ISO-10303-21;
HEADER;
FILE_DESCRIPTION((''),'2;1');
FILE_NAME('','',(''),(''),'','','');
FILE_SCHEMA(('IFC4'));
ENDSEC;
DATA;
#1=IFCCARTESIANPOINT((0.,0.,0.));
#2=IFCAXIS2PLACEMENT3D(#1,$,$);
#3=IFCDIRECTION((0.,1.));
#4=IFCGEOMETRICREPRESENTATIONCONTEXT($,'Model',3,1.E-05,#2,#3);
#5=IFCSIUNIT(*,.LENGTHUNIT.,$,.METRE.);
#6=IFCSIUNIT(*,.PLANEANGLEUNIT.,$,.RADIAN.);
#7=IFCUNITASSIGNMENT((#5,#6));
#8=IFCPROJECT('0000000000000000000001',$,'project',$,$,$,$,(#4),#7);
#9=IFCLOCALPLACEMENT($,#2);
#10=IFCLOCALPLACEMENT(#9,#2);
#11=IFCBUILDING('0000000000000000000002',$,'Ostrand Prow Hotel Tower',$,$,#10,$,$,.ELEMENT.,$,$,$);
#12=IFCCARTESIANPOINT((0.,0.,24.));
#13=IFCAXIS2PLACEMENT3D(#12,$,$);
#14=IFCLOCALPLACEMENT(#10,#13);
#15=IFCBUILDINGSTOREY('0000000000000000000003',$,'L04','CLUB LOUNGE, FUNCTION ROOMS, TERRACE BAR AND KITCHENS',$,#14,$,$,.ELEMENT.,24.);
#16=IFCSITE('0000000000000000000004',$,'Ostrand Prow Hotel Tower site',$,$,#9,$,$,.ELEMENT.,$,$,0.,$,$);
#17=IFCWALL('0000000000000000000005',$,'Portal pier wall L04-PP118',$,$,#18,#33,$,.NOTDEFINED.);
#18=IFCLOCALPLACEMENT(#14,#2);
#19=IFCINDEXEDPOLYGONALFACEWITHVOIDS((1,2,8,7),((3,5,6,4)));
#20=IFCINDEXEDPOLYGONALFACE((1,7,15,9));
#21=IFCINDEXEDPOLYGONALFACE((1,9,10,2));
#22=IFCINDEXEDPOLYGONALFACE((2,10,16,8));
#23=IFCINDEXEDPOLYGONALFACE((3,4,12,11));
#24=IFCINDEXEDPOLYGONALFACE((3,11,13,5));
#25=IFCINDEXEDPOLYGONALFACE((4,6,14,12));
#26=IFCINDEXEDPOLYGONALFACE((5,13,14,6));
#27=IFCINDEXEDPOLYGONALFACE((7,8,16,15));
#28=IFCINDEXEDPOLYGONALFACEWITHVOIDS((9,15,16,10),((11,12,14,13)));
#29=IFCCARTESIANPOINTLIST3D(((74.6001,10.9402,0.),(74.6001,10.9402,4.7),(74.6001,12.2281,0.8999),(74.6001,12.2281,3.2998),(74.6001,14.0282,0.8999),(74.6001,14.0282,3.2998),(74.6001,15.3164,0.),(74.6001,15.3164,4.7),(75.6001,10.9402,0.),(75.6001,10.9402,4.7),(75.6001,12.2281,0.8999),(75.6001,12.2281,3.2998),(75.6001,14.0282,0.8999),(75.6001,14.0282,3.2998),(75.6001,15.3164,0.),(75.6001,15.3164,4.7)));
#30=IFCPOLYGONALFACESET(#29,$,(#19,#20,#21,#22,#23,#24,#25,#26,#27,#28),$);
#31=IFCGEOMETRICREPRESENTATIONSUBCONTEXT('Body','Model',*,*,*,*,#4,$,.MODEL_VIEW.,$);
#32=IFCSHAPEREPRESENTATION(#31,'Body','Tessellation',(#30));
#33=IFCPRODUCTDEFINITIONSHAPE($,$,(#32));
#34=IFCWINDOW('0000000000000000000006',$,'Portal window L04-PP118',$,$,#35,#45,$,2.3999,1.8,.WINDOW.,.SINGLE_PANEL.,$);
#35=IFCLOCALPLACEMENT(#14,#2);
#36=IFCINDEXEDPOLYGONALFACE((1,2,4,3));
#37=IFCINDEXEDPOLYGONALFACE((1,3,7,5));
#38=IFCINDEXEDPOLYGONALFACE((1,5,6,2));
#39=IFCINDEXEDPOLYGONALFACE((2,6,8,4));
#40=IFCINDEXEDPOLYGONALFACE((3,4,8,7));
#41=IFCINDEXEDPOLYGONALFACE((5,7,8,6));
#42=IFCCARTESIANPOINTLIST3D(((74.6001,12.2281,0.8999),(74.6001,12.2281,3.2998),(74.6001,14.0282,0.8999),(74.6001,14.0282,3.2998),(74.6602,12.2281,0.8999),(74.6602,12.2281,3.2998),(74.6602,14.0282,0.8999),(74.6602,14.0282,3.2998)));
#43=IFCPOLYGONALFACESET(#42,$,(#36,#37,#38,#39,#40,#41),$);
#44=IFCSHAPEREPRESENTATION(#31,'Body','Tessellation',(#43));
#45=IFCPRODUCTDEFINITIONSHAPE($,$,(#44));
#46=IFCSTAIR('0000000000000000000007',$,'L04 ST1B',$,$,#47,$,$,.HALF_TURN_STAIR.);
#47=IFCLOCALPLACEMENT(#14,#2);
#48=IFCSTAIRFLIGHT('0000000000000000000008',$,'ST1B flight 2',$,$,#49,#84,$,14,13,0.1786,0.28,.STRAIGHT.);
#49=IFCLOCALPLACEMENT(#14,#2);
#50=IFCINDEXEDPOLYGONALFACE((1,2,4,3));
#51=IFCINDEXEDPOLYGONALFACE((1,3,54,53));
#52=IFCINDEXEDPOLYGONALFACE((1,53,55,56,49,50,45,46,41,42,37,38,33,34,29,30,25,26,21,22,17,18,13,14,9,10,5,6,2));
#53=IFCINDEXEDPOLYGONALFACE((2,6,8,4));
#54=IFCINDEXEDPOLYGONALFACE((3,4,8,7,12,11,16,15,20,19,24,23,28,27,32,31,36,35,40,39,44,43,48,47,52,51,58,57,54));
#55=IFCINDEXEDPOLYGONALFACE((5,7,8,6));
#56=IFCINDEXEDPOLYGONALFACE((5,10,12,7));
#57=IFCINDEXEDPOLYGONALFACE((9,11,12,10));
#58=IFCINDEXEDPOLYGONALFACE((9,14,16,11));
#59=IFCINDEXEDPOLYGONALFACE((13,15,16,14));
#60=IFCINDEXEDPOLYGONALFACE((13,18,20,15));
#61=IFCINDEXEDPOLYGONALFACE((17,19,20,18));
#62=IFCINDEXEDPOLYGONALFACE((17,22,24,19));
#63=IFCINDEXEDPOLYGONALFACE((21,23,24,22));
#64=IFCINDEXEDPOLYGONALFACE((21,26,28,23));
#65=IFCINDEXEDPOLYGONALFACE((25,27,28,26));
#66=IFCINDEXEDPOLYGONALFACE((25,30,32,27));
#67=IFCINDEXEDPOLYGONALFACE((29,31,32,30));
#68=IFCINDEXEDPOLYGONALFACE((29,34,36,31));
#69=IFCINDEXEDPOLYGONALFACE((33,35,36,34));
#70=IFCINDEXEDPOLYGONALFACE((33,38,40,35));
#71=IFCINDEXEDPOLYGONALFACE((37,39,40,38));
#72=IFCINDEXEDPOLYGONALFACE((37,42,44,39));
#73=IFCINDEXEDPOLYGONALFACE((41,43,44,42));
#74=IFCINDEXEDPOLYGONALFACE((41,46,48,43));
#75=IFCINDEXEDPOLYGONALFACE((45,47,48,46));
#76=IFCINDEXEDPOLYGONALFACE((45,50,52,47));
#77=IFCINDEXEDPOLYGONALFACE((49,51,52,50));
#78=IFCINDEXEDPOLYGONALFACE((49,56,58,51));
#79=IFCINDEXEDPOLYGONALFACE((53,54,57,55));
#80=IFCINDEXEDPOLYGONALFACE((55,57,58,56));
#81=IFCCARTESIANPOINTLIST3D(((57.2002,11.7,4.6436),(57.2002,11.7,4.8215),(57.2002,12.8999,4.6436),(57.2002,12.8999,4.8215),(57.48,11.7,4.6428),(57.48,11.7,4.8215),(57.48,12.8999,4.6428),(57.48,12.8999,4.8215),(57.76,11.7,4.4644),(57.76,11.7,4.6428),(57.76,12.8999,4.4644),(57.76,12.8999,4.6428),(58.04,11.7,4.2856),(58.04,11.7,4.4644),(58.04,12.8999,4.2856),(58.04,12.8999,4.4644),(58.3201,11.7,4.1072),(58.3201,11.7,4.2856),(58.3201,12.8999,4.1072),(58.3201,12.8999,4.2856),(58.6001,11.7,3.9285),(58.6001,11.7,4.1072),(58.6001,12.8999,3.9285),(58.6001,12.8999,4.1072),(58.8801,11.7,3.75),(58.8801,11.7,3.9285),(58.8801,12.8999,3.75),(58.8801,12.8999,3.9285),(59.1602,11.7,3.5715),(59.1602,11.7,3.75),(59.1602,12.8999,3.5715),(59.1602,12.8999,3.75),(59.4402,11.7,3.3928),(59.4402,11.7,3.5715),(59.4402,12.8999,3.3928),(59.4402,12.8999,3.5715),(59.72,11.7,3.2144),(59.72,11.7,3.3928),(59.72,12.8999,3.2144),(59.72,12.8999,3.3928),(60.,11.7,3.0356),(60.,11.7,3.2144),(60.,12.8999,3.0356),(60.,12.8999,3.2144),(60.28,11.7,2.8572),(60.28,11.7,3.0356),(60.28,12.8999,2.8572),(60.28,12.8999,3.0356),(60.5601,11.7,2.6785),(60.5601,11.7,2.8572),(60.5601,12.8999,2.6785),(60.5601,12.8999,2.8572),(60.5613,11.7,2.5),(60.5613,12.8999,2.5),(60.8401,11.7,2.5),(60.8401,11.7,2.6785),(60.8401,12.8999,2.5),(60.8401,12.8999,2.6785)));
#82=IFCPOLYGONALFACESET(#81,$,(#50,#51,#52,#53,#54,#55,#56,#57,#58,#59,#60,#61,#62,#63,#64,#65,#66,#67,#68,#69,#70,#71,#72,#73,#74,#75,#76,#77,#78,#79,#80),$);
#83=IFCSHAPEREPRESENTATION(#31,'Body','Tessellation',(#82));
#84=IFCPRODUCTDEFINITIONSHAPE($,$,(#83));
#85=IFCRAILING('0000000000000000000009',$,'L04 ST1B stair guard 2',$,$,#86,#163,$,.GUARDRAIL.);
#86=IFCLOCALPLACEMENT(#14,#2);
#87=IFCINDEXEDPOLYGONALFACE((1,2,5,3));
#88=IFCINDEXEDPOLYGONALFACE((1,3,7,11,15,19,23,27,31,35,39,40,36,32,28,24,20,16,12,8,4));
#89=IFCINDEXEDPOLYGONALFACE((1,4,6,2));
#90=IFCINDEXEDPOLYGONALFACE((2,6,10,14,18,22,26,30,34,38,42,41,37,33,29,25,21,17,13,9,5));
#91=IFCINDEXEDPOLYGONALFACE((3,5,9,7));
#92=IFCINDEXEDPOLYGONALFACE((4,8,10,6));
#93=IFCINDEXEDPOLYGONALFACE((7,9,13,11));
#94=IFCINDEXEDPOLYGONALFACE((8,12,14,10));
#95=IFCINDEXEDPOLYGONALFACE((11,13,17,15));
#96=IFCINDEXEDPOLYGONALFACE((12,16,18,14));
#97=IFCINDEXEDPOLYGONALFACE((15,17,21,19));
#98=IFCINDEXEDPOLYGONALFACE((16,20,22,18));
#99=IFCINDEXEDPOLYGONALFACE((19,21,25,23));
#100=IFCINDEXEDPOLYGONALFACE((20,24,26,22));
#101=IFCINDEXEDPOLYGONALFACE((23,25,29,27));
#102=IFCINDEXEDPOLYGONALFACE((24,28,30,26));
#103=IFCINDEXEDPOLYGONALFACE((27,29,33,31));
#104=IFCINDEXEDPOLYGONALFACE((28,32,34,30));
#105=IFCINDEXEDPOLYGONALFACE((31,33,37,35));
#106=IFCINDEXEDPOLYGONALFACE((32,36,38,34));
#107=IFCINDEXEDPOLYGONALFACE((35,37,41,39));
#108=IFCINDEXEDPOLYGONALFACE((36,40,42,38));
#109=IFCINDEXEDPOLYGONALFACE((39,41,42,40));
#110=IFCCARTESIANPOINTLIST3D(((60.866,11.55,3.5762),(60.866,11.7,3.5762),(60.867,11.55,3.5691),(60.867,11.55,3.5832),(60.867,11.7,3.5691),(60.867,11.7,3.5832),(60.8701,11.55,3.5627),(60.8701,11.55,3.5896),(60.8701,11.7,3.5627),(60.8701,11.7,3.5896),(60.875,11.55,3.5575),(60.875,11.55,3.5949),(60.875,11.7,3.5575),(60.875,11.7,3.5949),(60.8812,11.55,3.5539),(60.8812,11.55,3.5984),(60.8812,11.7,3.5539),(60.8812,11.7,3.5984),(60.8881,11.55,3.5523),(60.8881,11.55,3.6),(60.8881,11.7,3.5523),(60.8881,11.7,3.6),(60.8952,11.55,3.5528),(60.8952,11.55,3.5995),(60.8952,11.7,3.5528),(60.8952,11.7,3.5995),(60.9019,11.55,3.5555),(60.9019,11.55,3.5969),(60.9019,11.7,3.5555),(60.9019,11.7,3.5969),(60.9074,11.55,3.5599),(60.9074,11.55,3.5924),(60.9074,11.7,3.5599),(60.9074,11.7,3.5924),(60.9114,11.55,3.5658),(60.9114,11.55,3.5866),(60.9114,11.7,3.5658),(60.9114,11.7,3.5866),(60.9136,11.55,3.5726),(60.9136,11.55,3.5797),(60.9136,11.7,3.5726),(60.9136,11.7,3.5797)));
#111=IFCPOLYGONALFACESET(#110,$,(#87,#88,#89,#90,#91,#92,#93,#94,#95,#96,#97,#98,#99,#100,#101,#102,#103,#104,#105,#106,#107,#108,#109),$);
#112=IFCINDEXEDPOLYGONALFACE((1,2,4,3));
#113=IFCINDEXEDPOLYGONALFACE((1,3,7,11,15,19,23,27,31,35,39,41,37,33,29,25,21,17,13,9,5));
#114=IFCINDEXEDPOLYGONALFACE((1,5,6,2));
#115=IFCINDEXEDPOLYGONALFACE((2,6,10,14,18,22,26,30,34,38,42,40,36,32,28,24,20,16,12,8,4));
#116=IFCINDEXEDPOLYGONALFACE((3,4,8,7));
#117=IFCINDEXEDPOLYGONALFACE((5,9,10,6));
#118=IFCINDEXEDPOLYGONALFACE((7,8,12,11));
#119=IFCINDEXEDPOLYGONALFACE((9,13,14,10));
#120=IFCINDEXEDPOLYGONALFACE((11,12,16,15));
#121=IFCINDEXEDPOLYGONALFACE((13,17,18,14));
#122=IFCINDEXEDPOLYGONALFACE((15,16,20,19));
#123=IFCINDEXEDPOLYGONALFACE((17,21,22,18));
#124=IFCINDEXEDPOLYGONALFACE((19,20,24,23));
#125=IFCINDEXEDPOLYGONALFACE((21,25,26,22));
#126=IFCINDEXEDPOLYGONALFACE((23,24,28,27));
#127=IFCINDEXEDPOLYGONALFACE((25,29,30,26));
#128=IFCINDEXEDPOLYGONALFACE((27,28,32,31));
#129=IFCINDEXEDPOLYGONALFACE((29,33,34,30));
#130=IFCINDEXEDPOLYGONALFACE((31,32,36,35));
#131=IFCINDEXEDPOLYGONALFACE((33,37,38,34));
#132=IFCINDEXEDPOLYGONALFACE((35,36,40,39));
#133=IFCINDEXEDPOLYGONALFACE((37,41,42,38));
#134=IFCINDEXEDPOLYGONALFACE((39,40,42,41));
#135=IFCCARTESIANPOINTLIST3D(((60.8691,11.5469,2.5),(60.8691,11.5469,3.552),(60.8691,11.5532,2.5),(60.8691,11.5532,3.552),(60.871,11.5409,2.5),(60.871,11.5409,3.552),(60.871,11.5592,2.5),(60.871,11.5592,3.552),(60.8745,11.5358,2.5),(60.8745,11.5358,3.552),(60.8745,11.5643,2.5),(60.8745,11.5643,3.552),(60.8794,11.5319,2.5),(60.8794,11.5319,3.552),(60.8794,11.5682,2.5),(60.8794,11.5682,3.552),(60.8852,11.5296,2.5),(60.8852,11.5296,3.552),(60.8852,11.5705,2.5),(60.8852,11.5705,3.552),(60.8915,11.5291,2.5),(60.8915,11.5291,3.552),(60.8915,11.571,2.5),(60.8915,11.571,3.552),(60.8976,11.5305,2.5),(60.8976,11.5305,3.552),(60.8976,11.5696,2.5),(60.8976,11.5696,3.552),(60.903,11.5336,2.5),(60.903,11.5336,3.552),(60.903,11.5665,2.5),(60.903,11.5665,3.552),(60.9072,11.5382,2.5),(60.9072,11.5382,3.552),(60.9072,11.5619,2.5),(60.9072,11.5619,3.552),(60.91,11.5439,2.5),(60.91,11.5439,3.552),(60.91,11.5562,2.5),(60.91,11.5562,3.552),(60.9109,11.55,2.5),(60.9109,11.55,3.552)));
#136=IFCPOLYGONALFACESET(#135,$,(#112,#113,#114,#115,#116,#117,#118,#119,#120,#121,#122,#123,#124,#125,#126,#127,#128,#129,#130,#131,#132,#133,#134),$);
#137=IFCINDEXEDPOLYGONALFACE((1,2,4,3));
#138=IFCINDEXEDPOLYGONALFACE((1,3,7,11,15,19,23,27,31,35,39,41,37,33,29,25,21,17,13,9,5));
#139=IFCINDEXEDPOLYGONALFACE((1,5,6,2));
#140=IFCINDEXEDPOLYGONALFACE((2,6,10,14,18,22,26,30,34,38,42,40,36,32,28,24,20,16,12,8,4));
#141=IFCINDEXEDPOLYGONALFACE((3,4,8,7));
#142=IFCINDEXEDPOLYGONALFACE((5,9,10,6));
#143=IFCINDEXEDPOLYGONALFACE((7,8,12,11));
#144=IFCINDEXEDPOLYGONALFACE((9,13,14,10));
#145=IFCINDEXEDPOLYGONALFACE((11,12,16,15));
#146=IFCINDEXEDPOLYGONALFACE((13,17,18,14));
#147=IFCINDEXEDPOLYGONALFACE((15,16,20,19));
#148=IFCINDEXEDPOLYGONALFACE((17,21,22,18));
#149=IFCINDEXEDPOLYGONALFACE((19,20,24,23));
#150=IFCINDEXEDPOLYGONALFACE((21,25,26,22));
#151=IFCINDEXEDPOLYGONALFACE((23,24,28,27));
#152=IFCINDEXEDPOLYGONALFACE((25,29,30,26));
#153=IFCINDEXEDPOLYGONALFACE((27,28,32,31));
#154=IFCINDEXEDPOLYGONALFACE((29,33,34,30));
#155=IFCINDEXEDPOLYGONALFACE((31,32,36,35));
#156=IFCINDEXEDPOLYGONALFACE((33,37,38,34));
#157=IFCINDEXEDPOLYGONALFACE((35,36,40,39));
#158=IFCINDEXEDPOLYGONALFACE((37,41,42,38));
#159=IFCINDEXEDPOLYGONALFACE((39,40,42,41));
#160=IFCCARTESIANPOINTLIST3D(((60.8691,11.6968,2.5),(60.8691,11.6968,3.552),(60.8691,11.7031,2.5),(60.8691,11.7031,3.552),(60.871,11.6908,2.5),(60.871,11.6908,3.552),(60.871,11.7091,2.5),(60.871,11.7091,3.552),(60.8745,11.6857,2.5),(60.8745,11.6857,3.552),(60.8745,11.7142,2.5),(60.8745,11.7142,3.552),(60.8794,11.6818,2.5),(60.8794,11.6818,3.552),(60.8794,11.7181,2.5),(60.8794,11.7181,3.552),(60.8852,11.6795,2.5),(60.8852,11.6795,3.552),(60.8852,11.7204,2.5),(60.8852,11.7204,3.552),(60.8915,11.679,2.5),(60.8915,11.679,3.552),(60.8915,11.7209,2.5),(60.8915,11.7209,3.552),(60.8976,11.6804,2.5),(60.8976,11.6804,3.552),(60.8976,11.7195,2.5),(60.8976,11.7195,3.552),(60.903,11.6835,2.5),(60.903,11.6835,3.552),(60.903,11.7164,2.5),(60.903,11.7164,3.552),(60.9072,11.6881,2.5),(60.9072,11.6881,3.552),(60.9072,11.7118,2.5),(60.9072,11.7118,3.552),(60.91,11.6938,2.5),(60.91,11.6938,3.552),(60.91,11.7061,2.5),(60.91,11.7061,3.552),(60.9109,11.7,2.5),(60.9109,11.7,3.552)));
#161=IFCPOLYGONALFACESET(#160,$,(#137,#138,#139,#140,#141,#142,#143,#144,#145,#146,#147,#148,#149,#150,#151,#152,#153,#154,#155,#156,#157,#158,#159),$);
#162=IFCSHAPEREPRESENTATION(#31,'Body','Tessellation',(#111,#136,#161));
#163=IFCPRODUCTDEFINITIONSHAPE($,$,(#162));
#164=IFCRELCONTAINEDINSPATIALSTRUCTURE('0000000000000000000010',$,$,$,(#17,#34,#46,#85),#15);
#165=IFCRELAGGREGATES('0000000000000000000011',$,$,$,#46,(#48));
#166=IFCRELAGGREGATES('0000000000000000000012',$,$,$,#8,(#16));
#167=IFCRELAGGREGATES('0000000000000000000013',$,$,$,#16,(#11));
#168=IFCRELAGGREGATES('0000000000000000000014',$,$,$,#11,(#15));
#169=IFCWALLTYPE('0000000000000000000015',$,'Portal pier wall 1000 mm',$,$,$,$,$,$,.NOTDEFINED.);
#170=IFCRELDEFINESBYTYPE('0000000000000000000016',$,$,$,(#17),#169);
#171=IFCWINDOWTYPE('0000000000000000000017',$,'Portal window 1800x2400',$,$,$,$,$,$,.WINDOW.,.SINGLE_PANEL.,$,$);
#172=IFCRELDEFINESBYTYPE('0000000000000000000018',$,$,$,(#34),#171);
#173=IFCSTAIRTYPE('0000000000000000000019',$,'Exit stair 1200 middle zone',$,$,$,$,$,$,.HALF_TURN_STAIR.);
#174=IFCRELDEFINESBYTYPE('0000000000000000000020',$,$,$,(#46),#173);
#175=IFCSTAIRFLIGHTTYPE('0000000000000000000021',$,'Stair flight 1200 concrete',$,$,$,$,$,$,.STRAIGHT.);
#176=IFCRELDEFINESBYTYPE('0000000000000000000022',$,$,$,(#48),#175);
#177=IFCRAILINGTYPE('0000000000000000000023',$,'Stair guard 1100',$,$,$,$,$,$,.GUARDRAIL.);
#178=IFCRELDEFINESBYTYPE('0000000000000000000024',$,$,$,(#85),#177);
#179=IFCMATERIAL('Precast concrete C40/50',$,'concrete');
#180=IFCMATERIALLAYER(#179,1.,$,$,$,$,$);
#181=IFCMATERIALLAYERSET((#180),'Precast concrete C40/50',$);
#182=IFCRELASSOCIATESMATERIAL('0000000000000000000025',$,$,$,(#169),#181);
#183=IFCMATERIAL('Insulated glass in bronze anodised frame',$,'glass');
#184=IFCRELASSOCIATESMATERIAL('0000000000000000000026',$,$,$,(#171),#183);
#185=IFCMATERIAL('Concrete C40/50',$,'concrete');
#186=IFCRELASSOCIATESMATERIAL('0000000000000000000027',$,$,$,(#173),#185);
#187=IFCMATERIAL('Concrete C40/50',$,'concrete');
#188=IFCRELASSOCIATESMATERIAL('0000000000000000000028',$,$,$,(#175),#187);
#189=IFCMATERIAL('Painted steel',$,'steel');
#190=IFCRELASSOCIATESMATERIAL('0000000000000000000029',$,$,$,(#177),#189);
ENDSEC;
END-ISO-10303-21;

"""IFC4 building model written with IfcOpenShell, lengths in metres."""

from ifc_helpers import new_model, si_unit, direction, frame, frame_2d, origin, origin_2d, place, context, subcontext, project, spatial, polyline, rectangle, circle, outline, extrude, material, layer, layer_set, type_object, element, fill, aggregate, save


model = new_model("IFC4")

# Units and contexts
model_context = context("Model", 3, precision=1e-05, world=origin(), true_north=direction((0.0, 1.0)))
body_context = subcontext(model_context, "Body", "Model", "MODEL_VIEW")
ifc_project = project(units=[si_unit("LENGTHUNIT", "METRE"), si_unit("PLANEANGLEUNIT", "RADIAN")], contexts=[model_context])

# Site, building, storey
site_placement = place(None, origin())
site = spatial("IfcSite", under=ifc_project, at=site_placement, Name="Ostrand Prow Hotel Tower site", CompositionType="ELEMENT", RefElevation=0.0)
building_placement = place(site_placement, origin())
building = spatial("IfcBuilding", under=site, at=building_placement, Name="Ostrand Prow Hotel Tower", CompositionType="ELEMENT")
storey_placement = place(building_placement, frame((0.0, 0.0, 24.0)))
storey = spatial("IfcBuildingStorey", under=building, at=storey_placement, Name="L04", Description="CLUB LOUNGE, FUNCTION ROOMS, TERRACE BAR AND KITCHENS", CompositionType="ELEMENT", Elevation=24.0)

# Wall, opening, window
ifc_material_1 = material(Name="Precast concrete C40/50", Category="concrete")
ifc_layer_1 = layer(ifc_material_1, 1.0)
ifc_layer_set_1 = layer_set([ifc_layer_1], Name="Precast concrete C40/50")
wall_type_1 = type_object("IfcWallType", Name="Portal pier wall 1000 mm", PredefinedType="NOTDEFINED", material=ifc_layer_set_1)
ifc_material_2 = material(Name="Insulated glass in bronze anodised frame", Category="glass")
window_type = type_object("IfcWindowType", Name="Portal window 1800x2400", PartitioningType="SINGLE_PANEL", PredefinedType="WINDOW", material=ifc_material_2)
wall_1_placement = place(storey_placement, frame((75.1001, 10.9402, 0.0), z_axis=(0.0, 0.0, 1.0), x_axis=(0.0, 1.0, 0.0)))
wall_1 = element("IfcWall", 1, at=wall_1_placement, inside=storey, type_object=wall_type_1, Name="Portal pier wall L04-PP118", PredefinedType="NOTDEFINED", context=body_context, shape_type="SweptSolid", body=[
    extrude(outline(polyline([(0.0, -0.5), (4.3762, -0.5), (4.3762, 0.5), (0.0, 0.5), (0.0, -0.5)])), origin(), (0.0, 0.0, 1.0), 4.7),
])
opening_1_placement = place(wall_1_placement, frame((1.2881, 0.0, 0.8999)))
opening_1 = element("IfcOpeningElement", 2, at=opening_1_placement, cuts=wall_1, PredefinedType="OPENING", context=body_context, shape_type="SweptSolid", body=[
    extrude(rectangle(XDim=1.8, YDim=2.3999, at=frame_2d((0.8999, 1.2))), frame((0.0, 0.51, 0.0), z_axis=(0.0, -1.0, 0.0), x_axis=(1.0, 0.0, 0.0)), (0.0, 0.0, 1.0), 1.02),
])
window_1_placement = place(opening_1_placement, origin())
window_1 = element("IfcWindow", 3, at=window_1_placement, inside=storey, type_object=window_type, Name="Portal window L04-PP118", OverallHeight=2.3999, OverallWidth=1.8, PartitioningType="SINGLE_PANEL", PredefinedType="WINDOW", context=body_context, shape_type="SweptSolid", body=[
    extrude(rectangle(XDim=1.8, YDim=2.3999, at=frame_2d((0.8999, 1.2))), frame((0.0, 0.5, 0.0), z_axis=(0.0, -1.0, 0.0), x_axis=(1.0, 0.0, 0.0)), (0.0, 0.0, 1.0), 0.0601),
])
fill(opening_1, window_1)

# Stair, stair flight
ifc_material_3 = material(Name="Concrete C40/50", Category="concrete")
stair_type = type_object("IfcStairType", Name="Exit stair 1200 middle zone", PredefinedType="HALF_TURN_STAIR", material=ifc_material_3)
stair_placement = place(storey_placement, origin())
stair = element("IfcStair", 4, at=stair_placement, inside=storey, type_object=stair_type, Name="L04 ST1B", PredefinedType="HALF_TURN_STAIR")
ifc_material_4 = material(Name="Concrete C40/50", Category="concrete")
stair_flight_type = type_object("IfcStairFlightType", Name="Stair flight 1200 concrete", PredefinedType="STRAIGHT", material=ifc_material_4)
stair_flight_placement = place(storey_placement, frame((60.8401, 12.3, 2.5), z_axis=(0.0, 0.0, 1.0), x_axis=(-1.0, 0.0, 0.0)))
stair_flight = element("IfcStairFlight", 5, at=stair_flight_placement, type_object=stair_flight_type, Name="ST1B flight 2", NumberOfRisers=14, NumberOfTreads=13, PredefinedType="STRAIGHT", RiserHeight=0.1786, TreadLength=0.28, context=body_context, shape_type="SweptSolid", body=[
    extrude(outline(polyline([(0.0, 0.0), (0.0, 0.1785), (0.28, 0.1785), (0.28, 0.3572), (0.5601, 0.3572), (0.5601, 0.5356), (0.8401, 0.5356), (0.8401, 0.7144), (1.1201, 0.7144), (1.1201, 0.8928), (1.3999, 0.8928), (1.3999, 1.0715), (1.6799, 1.0715), (1.6799, 1.25), (1.96, 1.25), (1.96, 1.4285), (2.24, 1.4285), (2.24, 1.6072), (2.52, 1.6072), (2.52, 1.7856), (2.8, 1.7856), (2.8, 1.9644), (3.0801, 1.9644), (3.0801, 2.1428), (3.3601, 2.1428), (3.3601, 2.3215), (3.6399, 2.3215), (3.6399, 2.5), (3.6399, 2.1436), (0.2788, 0.0), (0.0, 0.0)])), frame((0.0, 0.6001, 0.0), z_axis=(0.0, -1.0, 0.0), x_axis=(1.0, 0.0, 0.0)), (0.0, 0.0, 1.0), 1.2),
])
aggregate(stair, [stair_flight])

# Railing
ifc_material_5 = material(Name="Painted steel", Category="steel")
railing_type_1 = type_object("IfcRailingType", Name="Stair guard 1100", PredefinedType="GUARDRAIL", material=ifc_material_5)
railing_1_placement = place(storey_placement, frame((60.8899, 11.55, 2.5)))
element("IfcRailing", 6, at=railing_1_placement, inside=storey, type_object=railing_type_1, Name="L04 ST1B stair guard 2", PredefinedType="GUARDRAIL", context=body_context, shape_type="SweptSolid", body=[
    extrude(circle(Radius=0.0239, at=origin_2d()), frame((0.0, 0.0, 1.0762), z_axis=(0.0, 1.0, 0.0), x_axis=(-1.0, 0.0, 0.0)), (0.0, 0.0, 1.0), 0.1499),
    extrude(circle(Radius=0.021, at=origin_2d()), origin(), (0.0, 0.0, 1.0), 1.052),
    extrude(circle(Radius=0.021, at=origin_2d()), frame((0.0, 0.1499, 0.0)), (0.0, 0.0, 1.0), 1.052),
])

save(model, "model.ifc")
